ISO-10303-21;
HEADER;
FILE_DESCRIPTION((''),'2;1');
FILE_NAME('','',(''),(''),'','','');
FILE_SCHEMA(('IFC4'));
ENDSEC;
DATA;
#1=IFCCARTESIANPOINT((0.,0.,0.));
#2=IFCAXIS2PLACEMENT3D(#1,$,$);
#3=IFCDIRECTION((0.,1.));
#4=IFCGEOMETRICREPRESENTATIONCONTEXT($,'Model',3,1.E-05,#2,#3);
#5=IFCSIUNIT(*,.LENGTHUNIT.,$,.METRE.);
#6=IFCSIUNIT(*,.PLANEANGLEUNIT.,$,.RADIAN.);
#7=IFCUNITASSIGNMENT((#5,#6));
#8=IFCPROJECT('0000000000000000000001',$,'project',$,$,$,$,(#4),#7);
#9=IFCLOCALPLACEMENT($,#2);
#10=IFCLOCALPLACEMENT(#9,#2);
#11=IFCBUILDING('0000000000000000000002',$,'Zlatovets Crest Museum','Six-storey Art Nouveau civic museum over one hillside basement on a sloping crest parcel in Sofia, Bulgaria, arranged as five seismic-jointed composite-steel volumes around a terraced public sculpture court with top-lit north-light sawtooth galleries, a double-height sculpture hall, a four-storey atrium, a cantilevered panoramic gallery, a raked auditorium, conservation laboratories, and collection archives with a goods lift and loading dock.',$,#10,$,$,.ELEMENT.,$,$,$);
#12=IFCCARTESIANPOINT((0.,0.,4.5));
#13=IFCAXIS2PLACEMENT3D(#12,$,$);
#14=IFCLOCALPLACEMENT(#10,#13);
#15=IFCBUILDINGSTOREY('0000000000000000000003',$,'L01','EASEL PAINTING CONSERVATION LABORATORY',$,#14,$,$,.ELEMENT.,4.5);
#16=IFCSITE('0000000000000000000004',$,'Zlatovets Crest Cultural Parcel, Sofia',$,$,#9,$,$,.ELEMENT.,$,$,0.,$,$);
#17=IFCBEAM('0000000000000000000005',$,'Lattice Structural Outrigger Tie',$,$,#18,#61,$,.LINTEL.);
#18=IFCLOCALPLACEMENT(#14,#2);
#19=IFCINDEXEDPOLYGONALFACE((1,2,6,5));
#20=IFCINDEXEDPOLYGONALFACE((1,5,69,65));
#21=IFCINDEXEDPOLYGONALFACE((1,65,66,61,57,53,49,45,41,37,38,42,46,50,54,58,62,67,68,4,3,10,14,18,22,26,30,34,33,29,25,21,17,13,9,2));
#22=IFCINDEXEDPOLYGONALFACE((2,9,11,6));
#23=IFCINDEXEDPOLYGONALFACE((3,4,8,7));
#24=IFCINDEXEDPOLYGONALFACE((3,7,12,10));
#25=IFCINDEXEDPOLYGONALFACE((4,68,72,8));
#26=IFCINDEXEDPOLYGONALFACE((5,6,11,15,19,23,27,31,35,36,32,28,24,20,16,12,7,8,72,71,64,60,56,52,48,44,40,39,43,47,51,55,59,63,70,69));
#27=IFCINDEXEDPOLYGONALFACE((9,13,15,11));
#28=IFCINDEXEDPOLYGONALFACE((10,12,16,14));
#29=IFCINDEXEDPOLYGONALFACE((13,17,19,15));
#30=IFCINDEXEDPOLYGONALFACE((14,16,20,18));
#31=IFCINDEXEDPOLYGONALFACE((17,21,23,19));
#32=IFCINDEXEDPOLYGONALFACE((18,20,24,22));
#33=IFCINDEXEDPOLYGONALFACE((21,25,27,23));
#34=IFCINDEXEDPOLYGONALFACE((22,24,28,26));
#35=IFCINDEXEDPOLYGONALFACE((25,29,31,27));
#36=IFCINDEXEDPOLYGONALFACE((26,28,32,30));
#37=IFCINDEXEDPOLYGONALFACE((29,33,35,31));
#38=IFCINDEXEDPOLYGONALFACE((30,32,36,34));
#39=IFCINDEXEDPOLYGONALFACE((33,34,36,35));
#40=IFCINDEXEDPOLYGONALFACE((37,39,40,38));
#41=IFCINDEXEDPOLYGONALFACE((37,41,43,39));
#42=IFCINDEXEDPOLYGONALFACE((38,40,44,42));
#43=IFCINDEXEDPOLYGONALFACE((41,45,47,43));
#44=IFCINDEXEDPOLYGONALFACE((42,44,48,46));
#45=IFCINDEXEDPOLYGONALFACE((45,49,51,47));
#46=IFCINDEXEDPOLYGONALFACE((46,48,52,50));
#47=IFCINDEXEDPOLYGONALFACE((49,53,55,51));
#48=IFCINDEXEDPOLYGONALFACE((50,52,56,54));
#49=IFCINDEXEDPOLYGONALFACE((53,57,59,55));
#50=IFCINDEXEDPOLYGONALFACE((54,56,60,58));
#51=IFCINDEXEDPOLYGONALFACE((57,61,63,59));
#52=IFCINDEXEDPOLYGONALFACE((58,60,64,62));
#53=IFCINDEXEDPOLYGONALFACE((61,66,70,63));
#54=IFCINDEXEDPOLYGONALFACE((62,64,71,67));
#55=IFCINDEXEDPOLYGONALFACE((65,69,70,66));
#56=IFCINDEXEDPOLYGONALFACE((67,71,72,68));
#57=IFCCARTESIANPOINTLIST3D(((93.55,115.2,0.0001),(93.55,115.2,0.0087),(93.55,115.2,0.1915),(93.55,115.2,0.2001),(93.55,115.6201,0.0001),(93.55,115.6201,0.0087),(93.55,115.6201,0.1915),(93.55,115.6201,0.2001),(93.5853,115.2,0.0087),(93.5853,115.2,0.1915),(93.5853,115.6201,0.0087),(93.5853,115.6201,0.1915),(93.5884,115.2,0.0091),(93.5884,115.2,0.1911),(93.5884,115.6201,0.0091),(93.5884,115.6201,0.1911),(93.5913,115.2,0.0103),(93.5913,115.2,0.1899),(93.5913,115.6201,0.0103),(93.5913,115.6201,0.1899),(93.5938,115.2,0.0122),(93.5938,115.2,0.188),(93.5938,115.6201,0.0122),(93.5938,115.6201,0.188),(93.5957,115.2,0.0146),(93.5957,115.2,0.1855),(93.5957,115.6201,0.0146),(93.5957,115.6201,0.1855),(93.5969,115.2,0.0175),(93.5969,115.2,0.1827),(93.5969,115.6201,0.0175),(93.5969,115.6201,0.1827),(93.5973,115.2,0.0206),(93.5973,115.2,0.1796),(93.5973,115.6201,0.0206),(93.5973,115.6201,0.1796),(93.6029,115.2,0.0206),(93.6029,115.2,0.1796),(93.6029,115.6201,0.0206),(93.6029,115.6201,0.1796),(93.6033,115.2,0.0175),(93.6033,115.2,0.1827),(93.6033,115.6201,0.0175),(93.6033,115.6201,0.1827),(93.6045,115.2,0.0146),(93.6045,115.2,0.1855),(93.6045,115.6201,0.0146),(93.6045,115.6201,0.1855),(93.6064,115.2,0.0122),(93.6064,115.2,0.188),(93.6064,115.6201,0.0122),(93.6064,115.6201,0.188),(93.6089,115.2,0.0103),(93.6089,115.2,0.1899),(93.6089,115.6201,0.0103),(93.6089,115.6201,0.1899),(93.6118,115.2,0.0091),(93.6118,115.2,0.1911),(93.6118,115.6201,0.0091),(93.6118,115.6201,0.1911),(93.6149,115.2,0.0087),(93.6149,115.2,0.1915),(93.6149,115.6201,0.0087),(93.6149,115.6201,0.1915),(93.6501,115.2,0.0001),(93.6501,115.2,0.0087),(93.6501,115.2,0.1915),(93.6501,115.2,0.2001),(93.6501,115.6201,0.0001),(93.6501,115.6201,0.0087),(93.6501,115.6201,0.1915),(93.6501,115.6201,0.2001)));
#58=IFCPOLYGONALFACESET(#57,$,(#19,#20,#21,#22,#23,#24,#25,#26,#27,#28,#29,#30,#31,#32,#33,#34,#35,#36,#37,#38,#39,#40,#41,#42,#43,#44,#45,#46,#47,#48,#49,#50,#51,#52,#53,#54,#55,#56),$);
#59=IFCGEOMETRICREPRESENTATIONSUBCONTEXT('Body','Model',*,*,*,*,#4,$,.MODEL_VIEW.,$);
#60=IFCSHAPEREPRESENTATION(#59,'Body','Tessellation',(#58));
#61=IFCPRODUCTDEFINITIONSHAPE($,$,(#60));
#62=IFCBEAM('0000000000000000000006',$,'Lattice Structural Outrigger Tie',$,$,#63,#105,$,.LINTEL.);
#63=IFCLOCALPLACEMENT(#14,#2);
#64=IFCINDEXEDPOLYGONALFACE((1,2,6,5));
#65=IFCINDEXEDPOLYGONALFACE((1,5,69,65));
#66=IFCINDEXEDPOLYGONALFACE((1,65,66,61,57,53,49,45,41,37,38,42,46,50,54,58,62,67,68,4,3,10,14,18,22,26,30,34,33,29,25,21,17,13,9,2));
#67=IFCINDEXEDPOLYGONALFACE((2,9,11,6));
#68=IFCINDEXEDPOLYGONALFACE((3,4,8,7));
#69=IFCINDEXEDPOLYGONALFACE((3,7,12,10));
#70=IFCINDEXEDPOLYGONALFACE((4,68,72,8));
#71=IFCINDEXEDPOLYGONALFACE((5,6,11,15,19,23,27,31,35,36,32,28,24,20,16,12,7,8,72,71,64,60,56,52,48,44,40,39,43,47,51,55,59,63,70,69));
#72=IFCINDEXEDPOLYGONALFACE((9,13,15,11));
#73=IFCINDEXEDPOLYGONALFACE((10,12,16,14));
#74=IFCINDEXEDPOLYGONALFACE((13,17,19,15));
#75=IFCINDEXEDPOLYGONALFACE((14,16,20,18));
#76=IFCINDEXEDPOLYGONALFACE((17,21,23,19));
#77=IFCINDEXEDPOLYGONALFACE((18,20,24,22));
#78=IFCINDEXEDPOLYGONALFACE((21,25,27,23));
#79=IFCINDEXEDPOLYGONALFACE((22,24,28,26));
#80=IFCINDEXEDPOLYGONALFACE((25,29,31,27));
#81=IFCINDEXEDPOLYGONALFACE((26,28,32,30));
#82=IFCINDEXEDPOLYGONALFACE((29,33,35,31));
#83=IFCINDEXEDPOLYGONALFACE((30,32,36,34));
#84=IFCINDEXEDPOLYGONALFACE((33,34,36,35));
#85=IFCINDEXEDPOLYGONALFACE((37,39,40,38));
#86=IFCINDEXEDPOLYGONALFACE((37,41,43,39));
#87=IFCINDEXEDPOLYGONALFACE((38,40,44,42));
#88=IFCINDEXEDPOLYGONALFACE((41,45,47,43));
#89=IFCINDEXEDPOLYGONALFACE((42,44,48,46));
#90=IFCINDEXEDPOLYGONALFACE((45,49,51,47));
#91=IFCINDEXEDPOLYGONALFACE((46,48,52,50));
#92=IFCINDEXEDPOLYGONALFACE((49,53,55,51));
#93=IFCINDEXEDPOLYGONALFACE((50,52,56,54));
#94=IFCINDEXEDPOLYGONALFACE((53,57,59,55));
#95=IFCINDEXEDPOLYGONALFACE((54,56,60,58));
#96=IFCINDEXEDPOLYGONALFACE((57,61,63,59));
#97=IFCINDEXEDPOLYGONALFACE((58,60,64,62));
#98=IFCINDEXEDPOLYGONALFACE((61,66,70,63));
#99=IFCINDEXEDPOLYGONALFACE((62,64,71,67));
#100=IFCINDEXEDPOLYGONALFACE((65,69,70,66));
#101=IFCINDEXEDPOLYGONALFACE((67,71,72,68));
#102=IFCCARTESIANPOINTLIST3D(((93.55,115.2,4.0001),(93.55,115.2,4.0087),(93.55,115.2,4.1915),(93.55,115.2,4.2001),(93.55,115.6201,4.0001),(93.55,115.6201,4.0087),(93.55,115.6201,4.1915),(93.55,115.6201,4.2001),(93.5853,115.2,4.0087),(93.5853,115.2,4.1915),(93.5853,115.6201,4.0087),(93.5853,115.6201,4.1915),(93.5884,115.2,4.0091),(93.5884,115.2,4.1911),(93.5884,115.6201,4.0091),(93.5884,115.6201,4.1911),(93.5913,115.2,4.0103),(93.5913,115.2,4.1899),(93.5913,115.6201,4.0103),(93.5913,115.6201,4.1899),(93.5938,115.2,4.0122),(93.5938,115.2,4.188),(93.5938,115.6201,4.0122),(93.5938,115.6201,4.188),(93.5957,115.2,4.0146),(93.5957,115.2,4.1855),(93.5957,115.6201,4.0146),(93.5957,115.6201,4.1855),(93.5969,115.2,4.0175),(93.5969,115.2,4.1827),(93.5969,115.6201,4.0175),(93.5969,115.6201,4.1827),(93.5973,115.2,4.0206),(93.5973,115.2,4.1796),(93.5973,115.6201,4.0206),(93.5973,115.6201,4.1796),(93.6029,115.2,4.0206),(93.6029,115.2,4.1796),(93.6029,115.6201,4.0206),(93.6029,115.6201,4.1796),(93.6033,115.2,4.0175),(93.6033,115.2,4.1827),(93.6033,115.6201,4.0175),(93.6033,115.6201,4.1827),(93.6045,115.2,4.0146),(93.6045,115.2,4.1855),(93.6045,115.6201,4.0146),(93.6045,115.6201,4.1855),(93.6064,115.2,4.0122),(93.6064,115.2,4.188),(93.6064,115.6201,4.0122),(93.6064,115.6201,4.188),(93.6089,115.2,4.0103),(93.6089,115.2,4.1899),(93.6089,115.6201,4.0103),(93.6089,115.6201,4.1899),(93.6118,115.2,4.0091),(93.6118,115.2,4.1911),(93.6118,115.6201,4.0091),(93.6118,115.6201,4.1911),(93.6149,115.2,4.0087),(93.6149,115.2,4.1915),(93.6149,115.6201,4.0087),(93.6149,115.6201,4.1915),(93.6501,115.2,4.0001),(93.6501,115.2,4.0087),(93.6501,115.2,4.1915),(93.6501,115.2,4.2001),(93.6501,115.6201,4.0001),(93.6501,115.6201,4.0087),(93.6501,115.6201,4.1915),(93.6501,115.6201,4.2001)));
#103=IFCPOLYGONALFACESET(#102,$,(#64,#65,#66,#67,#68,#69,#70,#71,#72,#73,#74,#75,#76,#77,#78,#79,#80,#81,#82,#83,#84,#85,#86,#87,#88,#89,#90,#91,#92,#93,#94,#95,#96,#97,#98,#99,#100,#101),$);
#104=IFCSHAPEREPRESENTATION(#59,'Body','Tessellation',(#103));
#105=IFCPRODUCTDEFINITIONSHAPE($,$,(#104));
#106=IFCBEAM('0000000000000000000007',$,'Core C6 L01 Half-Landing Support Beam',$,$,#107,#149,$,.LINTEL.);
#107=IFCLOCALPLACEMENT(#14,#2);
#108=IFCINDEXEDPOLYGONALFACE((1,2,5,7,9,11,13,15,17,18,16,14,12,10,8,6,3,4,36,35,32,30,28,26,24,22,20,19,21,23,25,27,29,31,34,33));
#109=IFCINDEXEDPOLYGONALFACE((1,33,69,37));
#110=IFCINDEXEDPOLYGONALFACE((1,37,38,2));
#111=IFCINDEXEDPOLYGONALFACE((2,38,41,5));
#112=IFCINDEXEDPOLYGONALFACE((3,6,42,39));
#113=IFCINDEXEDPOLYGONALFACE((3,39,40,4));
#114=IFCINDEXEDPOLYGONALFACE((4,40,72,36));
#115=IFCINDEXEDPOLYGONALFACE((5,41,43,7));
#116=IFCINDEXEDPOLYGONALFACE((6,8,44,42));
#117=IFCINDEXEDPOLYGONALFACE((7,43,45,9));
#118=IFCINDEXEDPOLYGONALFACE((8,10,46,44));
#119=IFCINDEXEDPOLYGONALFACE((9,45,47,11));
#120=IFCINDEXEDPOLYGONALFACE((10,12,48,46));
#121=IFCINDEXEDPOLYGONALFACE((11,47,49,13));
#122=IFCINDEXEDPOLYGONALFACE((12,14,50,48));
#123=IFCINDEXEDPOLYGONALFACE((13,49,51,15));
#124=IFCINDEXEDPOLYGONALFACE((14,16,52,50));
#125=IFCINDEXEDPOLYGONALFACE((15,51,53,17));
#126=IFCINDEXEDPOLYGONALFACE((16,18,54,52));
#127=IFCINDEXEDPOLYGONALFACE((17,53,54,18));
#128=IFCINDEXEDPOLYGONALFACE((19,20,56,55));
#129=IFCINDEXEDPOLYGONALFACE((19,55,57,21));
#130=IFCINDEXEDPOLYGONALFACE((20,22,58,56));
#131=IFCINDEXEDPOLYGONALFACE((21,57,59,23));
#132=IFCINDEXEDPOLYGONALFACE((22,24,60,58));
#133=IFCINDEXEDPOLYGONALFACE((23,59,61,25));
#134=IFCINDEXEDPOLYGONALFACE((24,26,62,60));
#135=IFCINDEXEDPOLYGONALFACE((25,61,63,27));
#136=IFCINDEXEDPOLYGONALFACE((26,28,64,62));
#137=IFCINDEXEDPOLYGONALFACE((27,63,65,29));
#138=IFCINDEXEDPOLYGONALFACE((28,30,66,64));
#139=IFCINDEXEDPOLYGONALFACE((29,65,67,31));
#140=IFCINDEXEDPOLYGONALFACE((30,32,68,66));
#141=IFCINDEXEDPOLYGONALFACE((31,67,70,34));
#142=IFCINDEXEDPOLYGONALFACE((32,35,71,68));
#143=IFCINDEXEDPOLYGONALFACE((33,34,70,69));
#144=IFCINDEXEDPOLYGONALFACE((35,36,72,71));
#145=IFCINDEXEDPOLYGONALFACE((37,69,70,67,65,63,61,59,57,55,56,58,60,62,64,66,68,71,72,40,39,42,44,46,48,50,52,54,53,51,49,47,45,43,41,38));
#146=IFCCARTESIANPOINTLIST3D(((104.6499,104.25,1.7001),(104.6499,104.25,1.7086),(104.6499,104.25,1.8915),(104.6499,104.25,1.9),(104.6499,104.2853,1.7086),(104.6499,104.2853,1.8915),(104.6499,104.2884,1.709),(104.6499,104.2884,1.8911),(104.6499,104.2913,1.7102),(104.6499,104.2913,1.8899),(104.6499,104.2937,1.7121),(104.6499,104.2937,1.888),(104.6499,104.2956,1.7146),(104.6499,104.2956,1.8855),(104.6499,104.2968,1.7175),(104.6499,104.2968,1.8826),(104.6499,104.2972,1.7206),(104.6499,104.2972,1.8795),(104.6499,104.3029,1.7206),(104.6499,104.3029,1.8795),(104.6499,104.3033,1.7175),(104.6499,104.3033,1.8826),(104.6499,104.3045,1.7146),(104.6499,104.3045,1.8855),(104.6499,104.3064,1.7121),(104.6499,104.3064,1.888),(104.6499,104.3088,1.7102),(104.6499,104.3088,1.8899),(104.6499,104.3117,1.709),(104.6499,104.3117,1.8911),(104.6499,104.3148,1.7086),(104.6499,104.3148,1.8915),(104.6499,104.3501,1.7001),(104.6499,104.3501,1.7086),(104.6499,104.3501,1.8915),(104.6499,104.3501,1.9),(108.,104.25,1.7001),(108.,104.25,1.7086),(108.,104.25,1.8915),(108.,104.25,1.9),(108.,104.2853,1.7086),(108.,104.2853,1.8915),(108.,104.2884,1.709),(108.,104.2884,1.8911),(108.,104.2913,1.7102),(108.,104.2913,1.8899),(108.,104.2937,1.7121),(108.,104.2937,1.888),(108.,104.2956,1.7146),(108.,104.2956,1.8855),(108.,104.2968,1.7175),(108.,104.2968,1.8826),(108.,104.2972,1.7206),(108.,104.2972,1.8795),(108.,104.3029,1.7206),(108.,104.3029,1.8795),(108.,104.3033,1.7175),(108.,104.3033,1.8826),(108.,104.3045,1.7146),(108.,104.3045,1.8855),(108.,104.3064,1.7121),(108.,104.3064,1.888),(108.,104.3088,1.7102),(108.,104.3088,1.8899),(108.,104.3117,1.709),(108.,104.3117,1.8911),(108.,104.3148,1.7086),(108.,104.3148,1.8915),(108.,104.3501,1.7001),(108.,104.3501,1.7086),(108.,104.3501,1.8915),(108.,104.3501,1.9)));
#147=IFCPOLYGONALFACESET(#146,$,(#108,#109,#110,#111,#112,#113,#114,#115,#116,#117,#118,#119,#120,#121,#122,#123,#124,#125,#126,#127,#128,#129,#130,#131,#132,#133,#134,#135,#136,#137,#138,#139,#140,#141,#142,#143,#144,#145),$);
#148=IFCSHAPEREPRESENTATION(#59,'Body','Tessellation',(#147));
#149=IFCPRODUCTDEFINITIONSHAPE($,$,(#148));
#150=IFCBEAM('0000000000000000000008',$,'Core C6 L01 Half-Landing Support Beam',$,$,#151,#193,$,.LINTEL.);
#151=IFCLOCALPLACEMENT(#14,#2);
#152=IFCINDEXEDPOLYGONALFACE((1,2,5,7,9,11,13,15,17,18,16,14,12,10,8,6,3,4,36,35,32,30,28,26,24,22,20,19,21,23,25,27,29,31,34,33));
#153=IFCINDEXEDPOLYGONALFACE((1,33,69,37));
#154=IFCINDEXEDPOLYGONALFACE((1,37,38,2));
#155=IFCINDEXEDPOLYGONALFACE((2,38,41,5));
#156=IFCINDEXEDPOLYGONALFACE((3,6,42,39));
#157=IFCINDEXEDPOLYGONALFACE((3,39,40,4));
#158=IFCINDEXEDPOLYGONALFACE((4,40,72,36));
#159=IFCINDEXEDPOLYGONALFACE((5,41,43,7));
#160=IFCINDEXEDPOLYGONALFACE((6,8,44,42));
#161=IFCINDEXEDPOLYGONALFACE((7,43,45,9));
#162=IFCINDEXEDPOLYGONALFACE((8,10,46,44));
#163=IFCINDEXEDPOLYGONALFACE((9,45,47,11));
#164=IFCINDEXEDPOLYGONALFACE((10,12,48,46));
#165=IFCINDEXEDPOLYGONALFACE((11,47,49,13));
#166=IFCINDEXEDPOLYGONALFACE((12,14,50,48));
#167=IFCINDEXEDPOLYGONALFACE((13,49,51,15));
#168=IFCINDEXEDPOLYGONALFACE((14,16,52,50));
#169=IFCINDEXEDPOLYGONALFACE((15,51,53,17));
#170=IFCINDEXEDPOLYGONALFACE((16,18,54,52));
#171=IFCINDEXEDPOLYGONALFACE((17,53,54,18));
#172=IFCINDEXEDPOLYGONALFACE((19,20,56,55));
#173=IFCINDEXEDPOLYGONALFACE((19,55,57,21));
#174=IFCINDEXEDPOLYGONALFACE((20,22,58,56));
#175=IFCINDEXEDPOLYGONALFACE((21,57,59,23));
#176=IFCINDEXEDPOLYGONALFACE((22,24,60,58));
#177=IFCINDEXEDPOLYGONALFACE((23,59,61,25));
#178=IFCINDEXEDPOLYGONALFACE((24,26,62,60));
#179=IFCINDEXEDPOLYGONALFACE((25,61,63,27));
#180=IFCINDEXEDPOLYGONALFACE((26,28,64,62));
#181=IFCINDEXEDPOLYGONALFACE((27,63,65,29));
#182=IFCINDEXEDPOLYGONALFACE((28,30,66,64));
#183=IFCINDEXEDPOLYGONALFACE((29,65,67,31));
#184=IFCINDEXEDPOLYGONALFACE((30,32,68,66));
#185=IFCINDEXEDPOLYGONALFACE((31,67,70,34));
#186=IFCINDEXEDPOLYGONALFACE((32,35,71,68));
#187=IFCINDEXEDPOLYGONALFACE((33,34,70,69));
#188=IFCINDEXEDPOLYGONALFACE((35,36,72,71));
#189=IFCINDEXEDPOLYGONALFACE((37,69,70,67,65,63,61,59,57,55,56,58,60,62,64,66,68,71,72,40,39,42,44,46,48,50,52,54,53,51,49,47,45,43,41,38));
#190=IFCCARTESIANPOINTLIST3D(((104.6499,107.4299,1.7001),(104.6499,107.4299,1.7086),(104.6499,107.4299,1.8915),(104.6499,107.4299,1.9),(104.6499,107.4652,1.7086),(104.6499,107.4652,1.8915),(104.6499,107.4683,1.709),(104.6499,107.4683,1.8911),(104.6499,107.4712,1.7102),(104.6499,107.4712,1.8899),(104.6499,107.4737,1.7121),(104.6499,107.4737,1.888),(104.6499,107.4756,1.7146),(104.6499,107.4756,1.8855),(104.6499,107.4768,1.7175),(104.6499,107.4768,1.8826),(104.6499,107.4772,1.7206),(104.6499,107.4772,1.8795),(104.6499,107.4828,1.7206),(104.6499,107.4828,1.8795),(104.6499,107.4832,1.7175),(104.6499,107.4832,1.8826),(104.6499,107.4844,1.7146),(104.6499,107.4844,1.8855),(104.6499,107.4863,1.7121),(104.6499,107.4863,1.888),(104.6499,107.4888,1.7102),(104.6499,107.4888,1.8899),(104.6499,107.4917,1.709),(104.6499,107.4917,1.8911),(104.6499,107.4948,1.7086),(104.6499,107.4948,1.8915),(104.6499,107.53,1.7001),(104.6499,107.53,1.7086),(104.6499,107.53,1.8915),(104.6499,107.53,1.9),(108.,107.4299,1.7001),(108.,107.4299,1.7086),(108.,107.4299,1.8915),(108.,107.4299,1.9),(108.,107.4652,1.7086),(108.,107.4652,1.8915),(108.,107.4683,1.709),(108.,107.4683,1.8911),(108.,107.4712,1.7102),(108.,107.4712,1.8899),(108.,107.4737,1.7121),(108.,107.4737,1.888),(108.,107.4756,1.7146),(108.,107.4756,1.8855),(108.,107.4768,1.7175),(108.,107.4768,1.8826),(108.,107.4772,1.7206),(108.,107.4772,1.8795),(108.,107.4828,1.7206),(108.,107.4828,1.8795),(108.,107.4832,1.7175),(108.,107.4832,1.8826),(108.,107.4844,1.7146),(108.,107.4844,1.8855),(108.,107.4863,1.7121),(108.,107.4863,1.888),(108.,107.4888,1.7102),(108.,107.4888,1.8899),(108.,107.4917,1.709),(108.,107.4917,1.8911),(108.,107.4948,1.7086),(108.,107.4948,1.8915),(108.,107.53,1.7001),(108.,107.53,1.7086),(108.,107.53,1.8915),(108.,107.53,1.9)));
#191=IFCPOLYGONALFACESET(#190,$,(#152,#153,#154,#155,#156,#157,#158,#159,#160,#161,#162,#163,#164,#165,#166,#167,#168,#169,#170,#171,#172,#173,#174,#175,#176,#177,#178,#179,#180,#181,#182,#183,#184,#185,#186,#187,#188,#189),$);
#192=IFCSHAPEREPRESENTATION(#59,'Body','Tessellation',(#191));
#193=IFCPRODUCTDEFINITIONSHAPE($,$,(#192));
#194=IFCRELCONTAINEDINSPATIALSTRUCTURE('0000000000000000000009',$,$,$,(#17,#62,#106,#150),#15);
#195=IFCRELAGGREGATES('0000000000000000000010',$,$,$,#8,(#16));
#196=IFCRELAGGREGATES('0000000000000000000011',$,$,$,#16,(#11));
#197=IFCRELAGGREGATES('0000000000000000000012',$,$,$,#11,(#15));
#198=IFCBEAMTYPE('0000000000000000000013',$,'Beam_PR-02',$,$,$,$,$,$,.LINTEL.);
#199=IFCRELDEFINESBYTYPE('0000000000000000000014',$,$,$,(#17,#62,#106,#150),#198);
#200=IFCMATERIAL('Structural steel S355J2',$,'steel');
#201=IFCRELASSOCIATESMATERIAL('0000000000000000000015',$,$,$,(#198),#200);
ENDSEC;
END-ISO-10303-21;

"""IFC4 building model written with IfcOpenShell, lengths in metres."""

from ifc_helpers import new_model, si_unit, direction, frame, origin, origin_2d, place, context, subcontext, project, spatial, i_section, extrude, material, material_profile, profile_set, type_object, element, save


model = new_model("IFC4")

# Units and contexts
model_context = context("Model", 3, precision=1e-05, world=origin(), true_north=direction((0.0, 1.0)))
body_context = subcontext(model_context, "Body", "Model", "MODEL_VIEW")
ifc_project = project(units=[si_unit("LENGTHUNIT", "METRE"), si_unit("PLANEANGLEUNIT", "RADIAN")], contexts=[model_context])

# Site, building, storey
site_placement = place(None, origin())
site = spatial("IfcSite", under=ifc_project, at=site_placement, Name="Zlatovets Crest Cultural Parcel, Sofia", CompositionType="ELEMENT", RefElevation=0.0)
building_placement = place(site_placement, origin())
building = spatial("IfcBuilding", under=site, at=building_placement, Name="Zlatovets Crest Museum", Description="Six-storey Art Nouveau civic museum over one hillside basement on a sloping crest parcel in Sofia, Bulgaria, arranged as five seismic-jointed composite-steel volumes around a terraced public sculpture court with top-lit north-light sawtooth galleries, a double-height sculpture hall, a four-storey atrium, a cantilevered panoramic gallery, a raked auditorium, conservation laboratories, and collection archives with a goods lift and loading dock.", CompositionType="ELEMENT")
storey_placement = place(building_placement, frame((0.0, 0.0, 4.5)))
storey = spatial("IfcBuildingStorey", under=building, at=storey_placement, Name="L01", Description="EASEL PAINTING CONSERVATION LABORATORY", CompositionType="ELEMENT", Elevation=4.5)

# Shared definitions
ifc_material_1 = material(Name="Structural steel S355J2", Category="steel")

# Beams
ifc_material_profile_1 = material_profile(ifc_material_1, i_section(OverallWidth=0.1001, OverallDepth=0.2, WebThickness=0.0056, FlangeThickness=0.0085, FilletRadius=0.012, at=origin_2d()), Name="IPE 200")
ifc_profile_set_1 = profile_set([ifc_material_profile_1], Name="Structural steel S355J2")
beam_type_1 = type_object("IfcBeamType", Name="Beam_PR-02", PredefinedType="LINTEL", material=ifc_profile_set_1)
for number, where, z_axis, x_axis, name in (
    (1, (93.6001, 115.2, 0.1001), (0.0, 1.0, 0.0), (-1.0, 0.0, 0.0), "Lattice Structural Outrigger Tie"),
    (2, (93.6001, 115.2, 4.1001), (0.0, 1.0, 0.0), (-1.0, 0.0, 0.0), "Lattice Structural Outrigger Tie"),
):
    element("IfcBeam", number, at=place(storey_placement, frame(where, z_axis=z_axis, x_axis=x_axis)), inside=storey, type_object=beam_type_1, Name=name, PredefinedType="LINTEL", context=body_context, shape_type="SweptSolid", body=[
        extrude(i_section(OverallWidth=0.1001, OverallDepth=0.2, WebThickness=0.0056, FlangeThickness=0.0085, FilletRadius=0.012, at=origin_2d()), origin(), (0.0, 0.0, 1.0), 0.4202),
    ])
for number, where, z_axis, x_axis, name in (
    (3, (104.6499, 104.3, 1.8), (1.0, 0.0, 0.0), (0.0, 1.0, 0.0), "Core C6 L01 Half-Landing Support Beam"),
    (4, (104.6499, 107.48, 1.8), (1.0, 0.0, 0.0), (0.0, 1.0, 0.0), "Core C6 L01 Half-Landing Support Beam"),
):
    element("IfcBeam", number, at=place(storey_placement, frame(where, z_axis=z_axis, x_axis=x_axis)), inside=storey, type_object=beam_type_1, Name=name, PredefinedType="LINTEL", context=body_context, shape_type="SweptSolid", body=[
        extrude(i_section(OverallWidth=0.1001, OverallDepth=0.2, WebThickness=0.0056, FlangeThickness=0.0085, FilletRadius=0.012, at=origin_2d()), origin(), (0.0, 0.0, 1.0), 3.3501),
    ])

save(model, "model.ifc")
